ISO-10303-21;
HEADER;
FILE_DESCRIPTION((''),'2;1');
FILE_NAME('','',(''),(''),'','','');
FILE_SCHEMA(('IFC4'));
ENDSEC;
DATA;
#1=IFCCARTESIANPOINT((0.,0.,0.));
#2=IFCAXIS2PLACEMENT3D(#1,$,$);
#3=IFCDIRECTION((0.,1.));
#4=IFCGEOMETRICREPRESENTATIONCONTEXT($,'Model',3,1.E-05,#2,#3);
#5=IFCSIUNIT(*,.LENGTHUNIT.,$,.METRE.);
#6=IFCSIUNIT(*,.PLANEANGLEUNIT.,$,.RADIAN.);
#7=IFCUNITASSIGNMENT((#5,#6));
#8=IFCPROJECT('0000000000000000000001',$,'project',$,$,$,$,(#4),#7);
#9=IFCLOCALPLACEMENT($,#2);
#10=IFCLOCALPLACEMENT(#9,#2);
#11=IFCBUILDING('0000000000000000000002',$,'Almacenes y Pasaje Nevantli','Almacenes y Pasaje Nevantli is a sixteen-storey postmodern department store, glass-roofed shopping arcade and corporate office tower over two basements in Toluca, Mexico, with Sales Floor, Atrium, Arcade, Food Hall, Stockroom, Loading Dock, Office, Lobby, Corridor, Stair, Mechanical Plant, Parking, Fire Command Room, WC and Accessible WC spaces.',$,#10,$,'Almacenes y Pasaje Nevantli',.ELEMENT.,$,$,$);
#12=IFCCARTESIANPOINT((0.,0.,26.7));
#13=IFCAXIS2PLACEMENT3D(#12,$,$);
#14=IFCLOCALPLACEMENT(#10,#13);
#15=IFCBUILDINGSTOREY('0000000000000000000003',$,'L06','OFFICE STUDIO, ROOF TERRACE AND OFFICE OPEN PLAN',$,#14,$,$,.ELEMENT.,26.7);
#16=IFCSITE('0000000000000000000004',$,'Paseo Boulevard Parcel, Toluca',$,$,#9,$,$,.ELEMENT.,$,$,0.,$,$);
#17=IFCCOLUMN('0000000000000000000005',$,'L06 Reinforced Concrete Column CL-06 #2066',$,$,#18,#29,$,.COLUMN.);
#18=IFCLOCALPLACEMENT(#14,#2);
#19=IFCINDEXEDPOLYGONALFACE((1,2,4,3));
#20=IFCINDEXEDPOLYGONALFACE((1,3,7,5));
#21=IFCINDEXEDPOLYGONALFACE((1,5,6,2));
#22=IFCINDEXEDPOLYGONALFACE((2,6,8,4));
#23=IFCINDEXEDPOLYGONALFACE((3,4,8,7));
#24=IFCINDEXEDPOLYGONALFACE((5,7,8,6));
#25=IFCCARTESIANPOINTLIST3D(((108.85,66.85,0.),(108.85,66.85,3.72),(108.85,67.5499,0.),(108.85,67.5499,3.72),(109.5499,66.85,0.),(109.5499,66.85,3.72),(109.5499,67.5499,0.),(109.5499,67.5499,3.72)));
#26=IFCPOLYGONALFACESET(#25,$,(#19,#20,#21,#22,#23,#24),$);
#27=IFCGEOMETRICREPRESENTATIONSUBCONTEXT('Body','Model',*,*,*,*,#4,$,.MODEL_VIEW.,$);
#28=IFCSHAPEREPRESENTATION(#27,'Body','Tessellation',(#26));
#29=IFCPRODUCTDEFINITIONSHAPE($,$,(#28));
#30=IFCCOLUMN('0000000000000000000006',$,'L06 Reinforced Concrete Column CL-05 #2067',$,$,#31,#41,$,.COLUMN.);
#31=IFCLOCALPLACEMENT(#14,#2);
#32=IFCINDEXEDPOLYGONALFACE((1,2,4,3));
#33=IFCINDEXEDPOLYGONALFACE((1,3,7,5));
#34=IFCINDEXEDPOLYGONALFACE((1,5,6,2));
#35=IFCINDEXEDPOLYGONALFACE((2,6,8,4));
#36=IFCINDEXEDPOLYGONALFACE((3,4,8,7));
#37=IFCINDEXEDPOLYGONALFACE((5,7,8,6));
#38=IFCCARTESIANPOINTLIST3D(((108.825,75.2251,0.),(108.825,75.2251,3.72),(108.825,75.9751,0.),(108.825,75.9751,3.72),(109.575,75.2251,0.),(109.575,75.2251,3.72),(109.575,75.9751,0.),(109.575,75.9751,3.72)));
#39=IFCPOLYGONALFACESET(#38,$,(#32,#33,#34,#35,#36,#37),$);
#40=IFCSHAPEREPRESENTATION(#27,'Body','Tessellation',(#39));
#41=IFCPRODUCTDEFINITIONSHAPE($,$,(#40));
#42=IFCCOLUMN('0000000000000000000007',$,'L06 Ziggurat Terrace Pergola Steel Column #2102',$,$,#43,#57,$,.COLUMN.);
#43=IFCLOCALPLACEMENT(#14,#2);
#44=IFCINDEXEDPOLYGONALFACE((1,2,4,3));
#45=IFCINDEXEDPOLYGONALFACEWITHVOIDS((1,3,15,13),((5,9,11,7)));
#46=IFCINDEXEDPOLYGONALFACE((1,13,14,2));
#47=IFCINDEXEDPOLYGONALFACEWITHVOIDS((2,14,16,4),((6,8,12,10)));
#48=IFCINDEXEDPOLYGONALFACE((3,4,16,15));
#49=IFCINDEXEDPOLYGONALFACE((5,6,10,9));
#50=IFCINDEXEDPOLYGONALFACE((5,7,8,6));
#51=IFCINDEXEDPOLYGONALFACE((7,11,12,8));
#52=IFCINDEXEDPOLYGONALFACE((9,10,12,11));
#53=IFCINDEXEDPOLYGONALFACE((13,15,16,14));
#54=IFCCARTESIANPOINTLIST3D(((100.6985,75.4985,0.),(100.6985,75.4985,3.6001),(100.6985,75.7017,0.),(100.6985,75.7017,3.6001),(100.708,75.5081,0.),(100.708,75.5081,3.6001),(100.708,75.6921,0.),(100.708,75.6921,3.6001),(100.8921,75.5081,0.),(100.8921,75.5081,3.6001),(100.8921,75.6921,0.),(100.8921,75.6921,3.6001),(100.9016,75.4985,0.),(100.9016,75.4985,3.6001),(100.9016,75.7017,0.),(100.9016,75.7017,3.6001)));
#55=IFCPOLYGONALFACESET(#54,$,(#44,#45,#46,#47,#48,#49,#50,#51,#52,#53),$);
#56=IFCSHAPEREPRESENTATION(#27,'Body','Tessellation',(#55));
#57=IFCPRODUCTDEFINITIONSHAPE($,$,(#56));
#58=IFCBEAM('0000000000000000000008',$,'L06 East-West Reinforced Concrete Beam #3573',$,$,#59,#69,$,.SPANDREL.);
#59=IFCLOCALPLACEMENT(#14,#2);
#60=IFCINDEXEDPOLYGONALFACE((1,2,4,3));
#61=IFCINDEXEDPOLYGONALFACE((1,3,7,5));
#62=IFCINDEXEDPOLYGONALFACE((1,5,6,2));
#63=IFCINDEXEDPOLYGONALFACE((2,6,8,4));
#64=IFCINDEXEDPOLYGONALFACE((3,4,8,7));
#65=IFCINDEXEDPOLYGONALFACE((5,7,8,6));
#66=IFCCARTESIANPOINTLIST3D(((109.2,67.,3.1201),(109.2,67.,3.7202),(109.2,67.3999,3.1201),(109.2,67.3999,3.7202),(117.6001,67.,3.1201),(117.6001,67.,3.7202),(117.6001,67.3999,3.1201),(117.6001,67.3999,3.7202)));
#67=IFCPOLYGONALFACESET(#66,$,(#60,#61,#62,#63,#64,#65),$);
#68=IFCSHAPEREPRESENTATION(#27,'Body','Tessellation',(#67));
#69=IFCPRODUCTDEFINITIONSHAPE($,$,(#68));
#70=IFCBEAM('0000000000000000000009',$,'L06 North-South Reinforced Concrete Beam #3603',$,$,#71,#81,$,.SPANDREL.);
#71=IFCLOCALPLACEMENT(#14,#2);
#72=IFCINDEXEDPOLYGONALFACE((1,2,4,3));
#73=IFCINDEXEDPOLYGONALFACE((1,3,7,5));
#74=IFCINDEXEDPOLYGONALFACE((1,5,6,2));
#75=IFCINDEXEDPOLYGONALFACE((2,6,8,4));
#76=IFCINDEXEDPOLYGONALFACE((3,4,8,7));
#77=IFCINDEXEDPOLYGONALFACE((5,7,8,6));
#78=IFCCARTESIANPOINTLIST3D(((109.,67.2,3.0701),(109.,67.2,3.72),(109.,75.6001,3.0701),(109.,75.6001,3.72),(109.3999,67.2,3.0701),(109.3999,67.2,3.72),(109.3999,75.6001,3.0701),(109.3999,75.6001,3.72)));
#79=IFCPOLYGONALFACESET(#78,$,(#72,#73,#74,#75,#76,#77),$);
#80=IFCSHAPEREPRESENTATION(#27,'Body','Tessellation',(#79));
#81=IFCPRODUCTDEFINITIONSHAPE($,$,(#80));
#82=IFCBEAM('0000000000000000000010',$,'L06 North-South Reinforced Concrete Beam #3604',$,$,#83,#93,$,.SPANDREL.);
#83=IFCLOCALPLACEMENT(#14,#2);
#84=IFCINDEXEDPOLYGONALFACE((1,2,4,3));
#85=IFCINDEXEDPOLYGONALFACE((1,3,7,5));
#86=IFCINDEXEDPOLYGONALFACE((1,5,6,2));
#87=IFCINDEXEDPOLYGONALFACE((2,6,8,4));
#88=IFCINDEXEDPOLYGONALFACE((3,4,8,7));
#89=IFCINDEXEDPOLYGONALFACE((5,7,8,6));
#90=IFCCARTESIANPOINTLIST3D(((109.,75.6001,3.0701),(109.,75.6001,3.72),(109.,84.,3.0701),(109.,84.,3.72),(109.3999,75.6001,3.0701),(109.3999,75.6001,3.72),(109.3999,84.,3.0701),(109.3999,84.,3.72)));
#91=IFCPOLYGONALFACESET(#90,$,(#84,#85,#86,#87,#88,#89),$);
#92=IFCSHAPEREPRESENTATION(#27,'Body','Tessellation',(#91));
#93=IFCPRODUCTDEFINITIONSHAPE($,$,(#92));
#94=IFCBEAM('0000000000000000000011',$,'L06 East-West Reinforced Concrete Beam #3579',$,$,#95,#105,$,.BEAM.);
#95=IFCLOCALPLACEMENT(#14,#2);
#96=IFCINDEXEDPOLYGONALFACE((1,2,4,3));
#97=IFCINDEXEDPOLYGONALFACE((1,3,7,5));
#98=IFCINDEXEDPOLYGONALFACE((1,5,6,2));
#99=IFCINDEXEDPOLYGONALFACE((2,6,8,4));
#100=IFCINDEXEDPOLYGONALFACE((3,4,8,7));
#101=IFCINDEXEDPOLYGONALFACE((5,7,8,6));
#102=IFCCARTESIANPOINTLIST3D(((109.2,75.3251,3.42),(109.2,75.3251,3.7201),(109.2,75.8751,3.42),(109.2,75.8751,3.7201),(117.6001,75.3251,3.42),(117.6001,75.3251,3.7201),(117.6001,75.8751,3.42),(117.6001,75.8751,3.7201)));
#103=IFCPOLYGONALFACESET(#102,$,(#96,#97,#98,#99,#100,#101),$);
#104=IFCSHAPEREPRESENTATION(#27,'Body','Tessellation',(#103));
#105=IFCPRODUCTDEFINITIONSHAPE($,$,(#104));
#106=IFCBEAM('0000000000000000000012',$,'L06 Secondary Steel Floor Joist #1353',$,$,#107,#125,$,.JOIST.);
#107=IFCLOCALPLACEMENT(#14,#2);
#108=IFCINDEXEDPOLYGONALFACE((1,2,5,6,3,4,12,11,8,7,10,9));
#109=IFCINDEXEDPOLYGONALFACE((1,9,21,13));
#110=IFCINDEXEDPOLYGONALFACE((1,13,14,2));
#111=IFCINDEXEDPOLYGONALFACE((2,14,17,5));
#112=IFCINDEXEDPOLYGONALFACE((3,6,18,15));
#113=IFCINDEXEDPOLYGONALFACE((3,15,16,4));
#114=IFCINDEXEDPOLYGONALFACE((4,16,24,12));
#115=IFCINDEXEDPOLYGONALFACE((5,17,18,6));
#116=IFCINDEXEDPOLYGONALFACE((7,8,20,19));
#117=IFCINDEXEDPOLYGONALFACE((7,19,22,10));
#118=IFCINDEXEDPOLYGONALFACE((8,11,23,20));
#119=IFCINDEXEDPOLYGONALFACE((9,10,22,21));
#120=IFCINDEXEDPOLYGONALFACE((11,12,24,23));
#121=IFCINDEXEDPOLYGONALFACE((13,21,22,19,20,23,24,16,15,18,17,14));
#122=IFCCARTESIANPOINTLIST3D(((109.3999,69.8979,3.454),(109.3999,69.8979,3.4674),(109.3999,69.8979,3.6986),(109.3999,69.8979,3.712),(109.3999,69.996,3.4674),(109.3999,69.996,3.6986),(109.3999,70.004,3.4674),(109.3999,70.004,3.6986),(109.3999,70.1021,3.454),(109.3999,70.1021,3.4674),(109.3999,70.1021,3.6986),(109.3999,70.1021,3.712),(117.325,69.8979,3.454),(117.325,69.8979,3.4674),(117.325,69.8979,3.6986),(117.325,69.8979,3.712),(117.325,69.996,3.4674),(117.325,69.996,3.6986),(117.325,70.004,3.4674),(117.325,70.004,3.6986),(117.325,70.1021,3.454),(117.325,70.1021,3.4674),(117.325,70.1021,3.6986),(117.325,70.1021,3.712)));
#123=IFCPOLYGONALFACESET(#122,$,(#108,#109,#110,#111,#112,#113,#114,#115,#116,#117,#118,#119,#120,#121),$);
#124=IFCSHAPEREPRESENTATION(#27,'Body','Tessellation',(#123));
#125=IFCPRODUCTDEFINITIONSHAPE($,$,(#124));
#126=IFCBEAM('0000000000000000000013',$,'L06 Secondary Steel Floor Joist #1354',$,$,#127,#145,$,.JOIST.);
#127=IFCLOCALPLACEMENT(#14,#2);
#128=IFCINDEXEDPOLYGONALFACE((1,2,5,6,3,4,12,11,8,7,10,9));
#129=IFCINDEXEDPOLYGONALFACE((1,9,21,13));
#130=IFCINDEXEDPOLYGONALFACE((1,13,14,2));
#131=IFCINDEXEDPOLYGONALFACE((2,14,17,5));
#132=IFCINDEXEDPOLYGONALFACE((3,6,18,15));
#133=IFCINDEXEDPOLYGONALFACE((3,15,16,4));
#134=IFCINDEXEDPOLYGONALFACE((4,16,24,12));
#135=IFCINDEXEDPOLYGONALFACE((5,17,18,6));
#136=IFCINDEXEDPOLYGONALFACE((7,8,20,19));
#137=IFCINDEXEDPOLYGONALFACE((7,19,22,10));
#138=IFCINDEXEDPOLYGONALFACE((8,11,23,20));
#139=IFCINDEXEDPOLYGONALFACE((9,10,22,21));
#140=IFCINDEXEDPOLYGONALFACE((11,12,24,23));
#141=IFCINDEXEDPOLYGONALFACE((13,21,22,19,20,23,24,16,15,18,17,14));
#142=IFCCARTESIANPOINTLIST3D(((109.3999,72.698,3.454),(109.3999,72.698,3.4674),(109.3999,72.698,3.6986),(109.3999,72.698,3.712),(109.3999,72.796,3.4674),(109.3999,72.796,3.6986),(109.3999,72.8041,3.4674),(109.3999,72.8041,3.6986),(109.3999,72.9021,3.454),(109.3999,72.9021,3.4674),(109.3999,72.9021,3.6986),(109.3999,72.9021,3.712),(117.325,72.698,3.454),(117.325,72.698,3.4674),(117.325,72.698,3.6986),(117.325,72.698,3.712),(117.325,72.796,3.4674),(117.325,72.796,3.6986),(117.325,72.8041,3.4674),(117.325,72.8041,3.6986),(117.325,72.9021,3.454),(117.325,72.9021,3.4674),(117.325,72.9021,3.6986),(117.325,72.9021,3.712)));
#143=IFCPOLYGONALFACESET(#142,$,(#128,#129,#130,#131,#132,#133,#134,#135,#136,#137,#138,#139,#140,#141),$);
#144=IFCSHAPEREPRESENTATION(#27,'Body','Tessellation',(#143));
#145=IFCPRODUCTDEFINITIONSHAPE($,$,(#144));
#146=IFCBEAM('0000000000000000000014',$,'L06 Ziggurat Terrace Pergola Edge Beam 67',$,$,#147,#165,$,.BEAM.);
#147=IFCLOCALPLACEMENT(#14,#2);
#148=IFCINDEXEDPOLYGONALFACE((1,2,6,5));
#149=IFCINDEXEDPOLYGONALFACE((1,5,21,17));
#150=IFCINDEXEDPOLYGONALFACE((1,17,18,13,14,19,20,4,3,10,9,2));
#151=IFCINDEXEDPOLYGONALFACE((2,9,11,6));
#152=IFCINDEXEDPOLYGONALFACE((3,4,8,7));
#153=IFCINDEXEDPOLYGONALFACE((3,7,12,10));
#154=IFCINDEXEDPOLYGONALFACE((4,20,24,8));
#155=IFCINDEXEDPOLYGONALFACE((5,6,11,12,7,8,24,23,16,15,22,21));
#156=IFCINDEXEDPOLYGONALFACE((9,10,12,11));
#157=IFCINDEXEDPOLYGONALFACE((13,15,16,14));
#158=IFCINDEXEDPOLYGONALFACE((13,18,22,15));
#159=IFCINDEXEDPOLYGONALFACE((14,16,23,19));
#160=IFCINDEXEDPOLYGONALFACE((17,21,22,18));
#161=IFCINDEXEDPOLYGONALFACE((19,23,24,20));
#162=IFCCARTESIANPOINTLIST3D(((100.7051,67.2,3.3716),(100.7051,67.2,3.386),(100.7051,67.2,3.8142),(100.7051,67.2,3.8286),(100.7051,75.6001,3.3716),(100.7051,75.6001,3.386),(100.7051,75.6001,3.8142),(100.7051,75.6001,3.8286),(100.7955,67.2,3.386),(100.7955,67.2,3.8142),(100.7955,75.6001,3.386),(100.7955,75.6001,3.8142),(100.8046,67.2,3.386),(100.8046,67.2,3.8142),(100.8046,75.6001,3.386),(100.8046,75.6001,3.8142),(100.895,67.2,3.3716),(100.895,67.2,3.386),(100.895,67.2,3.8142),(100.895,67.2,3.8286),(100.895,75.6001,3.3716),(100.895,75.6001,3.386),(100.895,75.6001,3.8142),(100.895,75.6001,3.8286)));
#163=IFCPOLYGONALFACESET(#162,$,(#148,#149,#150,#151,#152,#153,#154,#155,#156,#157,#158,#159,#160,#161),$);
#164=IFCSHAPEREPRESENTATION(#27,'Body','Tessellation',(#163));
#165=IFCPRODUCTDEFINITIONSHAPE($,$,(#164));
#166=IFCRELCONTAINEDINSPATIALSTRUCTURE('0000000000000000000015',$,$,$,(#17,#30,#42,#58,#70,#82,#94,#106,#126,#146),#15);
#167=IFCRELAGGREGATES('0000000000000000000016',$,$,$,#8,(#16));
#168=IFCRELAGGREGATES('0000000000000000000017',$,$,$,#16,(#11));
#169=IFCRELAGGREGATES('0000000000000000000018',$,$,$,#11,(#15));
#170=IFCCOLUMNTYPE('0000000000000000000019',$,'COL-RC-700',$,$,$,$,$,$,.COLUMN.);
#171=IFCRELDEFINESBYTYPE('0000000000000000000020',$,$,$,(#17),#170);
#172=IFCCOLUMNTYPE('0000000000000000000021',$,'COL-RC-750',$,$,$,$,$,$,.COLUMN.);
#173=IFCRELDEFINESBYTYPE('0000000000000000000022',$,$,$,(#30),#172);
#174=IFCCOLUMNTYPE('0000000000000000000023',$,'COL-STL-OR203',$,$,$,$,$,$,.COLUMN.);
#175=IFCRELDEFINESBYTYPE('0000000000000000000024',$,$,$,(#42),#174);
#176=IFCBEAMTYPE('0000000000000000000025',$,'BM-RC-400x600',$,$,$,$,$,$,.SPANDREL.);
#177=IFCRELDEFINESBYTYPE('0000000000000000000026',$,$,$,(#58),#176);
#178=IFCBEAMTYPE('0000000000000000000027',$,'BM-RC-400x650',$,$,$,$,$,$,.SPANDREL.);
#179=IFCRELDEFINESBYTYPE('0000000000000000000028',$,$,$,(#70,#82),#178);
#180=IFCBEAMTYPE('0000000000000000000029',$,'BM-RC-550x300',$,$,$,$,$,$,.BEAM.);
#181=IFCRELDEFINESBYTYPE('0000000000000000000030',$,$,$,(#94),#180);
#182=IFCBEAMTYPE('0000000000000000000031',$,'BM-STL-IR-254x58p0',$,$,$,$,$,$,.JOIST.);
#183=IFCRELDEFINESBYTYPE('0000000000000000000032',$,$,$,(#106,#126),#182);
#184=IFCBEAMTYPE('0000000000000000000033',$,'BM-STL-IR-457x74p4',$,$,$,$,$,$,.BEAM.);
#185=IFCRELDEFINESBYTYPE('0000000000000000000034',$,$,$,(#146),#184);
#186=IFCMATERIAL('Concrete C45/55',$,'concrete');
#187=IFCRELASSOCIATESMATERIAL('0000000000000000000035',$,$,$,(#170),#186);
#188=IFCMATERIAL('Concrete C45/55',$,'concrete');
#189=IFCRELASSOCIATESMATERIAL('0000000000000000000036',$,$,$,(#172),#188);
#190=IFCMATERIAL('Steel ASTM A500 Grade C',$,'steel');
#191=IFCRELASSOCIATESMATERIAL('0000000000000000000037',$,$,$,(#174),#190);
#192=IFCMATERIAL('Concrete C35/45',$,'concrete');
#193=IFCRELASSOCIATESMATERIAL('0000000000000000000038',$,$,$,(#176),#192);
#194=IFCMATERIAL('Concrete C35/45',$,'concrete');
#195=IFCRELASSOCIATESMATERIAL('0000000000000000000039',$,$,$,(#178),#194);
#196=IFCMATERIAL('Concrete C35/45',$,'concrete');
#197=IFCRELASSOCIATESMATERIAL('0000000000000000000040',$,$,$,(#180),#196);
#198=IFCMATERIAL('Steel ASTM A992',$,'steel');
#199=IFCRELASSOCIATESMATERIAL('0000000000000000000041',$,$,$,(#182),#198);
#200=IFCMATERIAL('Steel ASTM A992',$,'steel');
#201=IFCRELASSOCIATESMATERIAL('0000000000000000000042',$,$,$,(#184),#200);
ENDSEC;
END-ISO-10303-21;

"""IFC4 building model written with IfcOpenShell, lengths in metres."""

from ifc_helpers import new_model, si_unit, direction, frame, origin, origin_2d, place, context, subcontext, project, spatial, rectangle, hollow_rectangle, i_section, extrude, material, material_profile, profile_set, type_object, element, save


model = new_model("IFC4")

# Units and contexts
model_context = context("Model", 3, precision=1e-05, world=origin(), true_north=direction((0.0, 1.0)))
body_context = subcontext(model_context, "Body", "Model", "MODEL_VIEW")
ifc_project = project(units=[si_unit("LENGTHUNIT", "METRE"), si_unit("PLANEANGLEUNIT", "RADIAN")], contexts=[model_context])

# Site, building, storey
site_placement = place(None, origin())
site = spatial("IfcSite", under=ifc_project, at=site_placement, Name="Paseo Boulevard Parcel, Toluca", CompositionType="ELEMENT", RefElevation=0.0)
building_placement = place(site_placement, origin())
building = spatial("IfcBuilding", under=site, at=building_placement, Name="Almacenes y Pasaje Nevantli", Description="Almacenes y Pasaje Nevantli is a sixteen-storey postmodern department store, glass-roofed shopping arcade and corporate office tower over two basements in Toluca, Mexico, with Sales Floor, Atrium, Arcade, Food Hall, Stockroom, Loading Dock, Office, Lobby, Corridor, Stair, Mechanical Plant, Parking, Fire Command Room, WC and Accessible WC spaces.", LongName="Almacenes y Pasaje Nevantli", CompositionType="ELEMENT")
storey_placement = place(building_placement, frame((0.0, 0.0, 26.7)))
storey = spatial("IfcBuildingStorey", under=building, at=storey_placement, Name="L06", Description="OFFICE STUDIO, ROOF TERRACE AND OFFICE OPEN PLAN", CompositionType="ELEMENT", Elevation=26.7)

# Columns
ifc_material_1 = material(Name="Concrete C45/55", Category="concrete")
ifc_material_profile_1 = material_profile(ifc_material_1, rectangle(XDim=0.7, YDim=0.7, at=origin_2d()), Name="RC-COL-700x700")
ifc_profile_set_1 = profile_set([ifc_material_profile_1], Name="Concrete C45/55")
column_type_1 = type_object("IfcColumnType", Name="COL-RC-700", PredefinedType="COLUMN", material=ifc_profile_set_1)
column_1_placement = place(storey_placement, frame((109.2, 67.2, 0.0), z_axis=(0.0, 0.0, 1.0), x_axis=(1.0, 0.0, 0.0)))
element("IfcColumn", 1, at=column_1_placement, inside=storey, type_object=column_type_1, Name="L06 Reinforced Concrete Column CL-06 #2066", PredefinedType="COLUMN", context=body_context, shape_type="SweptSolid", body=[
    extrude(rectangle(XDim=0.7, YDim=0.7, at=origin_2d()), origin(), (0.0, 0.0, 1.0), 3.72),
])
ifc_material_2 = material(Name="Concrete C45/55", Category="concrete")
ifc_material_profile_2 = material_profile(ifc_material_2, rectangle(XDim=0.75, YDim=0.75, at=origin_2d()), Name="RC-COL-750x750")
ifc_profile_set_2 = profile_set([ifc_material_profile_2], Name="Concrete C45/55")
column_type_2 = type_object("IfcColumnType", Name="COL-RC-750", PredefinedType="COLUMN", material=ifc_profile_set_2)
column_2_placement = place(storey_placement, frame((109.2, 75.6001, 0.0), z_axis=(0.0, 0.0, 1.0), x_axis=(1.0, 0.0, 0.0)))
element("IfcColumn", 2, at=column_2_placement, inside=storey, type_object=column_type_2, Name="L06 Reinforced Concrete Column CL-05 #2067", PredefinedType="COLUMN", context=body_context, shape_type="SweptSolid", body=[
    extrude(rectangle(XDim=0.75, YDim=0.75, at=origin_2d()), origin(), (0.0, 0.0, 1.0), 3.72),
])
ifc_material_3 = material(Name="Steel ASTM A500 Grade C", Category="steel")
ifc_material_profile_3 = material_profile(ifc_material_3, hollow_rectangle(XDim=0.2031, YDim=0.2031, WallThickness=0.0095, at=origin_2d()), Name="OR 203x203x9.5")
ifc_profile_set_3 = profile_set([ifc_material_profile_3], Name="Steel ASTM A500 Grade C")
column_type_3 = type_object("IfcColumnType", Name="COL-STL-OR203", PredefinedType="COLUMN", material=ifc_profile_set_3)
column_3_placement = place(storey_placement, frame((100.8, 75.6001, 0.0), z_axis=(0.0, 0.0, 1.0), x_axis=(1.0, 0.0, 0.0)))
element("IfcColumn", 3, at=column_3_placement, inside=storey, type_object=column_type_3, Name="L06 Ziggurat Terrace Pergola Steel Column #2102", PredefinedType="COLUMN", context=body_context, shape_type="SweptSolid", body=[
    extrude(hollow_rectangle(XDim=0.2031, YDim=0.2031, WallThickness=0.0095, at=origin_2d()), origin(), (0.0, 0.0, 1.0), 3.6001),
])

# Beams
ifc_material_4 = material(Name="Concrete C35/45", Category="concrete")
ifc_material_profile_4 = material_profile(ifc_material_4, rectangle(XDim=0.3999, YDim=0.6001, at=origin_2d()), Name="RC-BM-400x600")
ifc_profile_set_4 = profile_set([ifc_material_profile_4], Name="Concrete C35/45")
beam_type_1 = type_object("IfcBeamType", Name="BM-RC-400x600", PredefinedType="SPANDREL", material=ifc_profile_set_4)
beam_1_placement = place(storey_placement, frame((109.2, 67.2, 3.4202), z_axis=(1.0, 0.0, 0.0), x_axis=(0.0, 1.0, 0.0)))
element("IfcBeam", 4, at=beam_1_placement, inside=storey, type_object=beam_type_1, Name="L06 East-West Reinforced Concrete Beam #3573", PredefinedType="SPANDREL", context=body_context, shape_type="SweptSolid", body=[
    extrude(rectangle(XDim=0.3999, YDim=0.6001, at=origin_2d()), origin(), (0.0, 0.0, 1.0), 8.4001),
])
ifc_material_5 = material(Name="Concrete C35/45", Category="concrete")
ifc_material_profile_5 = material_profile(ifc_material_5, rectangle(XDim=0.3999, YDim=0.6499, at=origin_2d()), Name="RC-BM-400x650")
ifc_profile_set_5 = profile_set([ifc_material_profile_5], Name="Concrete C35/45")
beam_type_2 = type_object("IfcBeamType", Name="BM-RC-400x650", PredefinedType="SPANDREL", material=ifc_profile_set_5)
beam_2_placement = place(storey_placement, frame((109.2, 67.2, 3.395), z_axis=(0.0, 1.0, 0.0), x_axis=(-1.0, 0.0, 0.0)))
element("IfcBeam", 5, at=beam_2_placement, inside=storey, type_object=beam_type_2, Name="L06 North-South Reinforced Concrete Beam #3603", PredefinedType="SPANDREL", context=body_context, shape_type="SweptSolid", body=[
    extrude(rectangle(XDim=0.3999, YDim=0.6499, at=origin_2d()), origin(), (0.0, 0.0, 1.0), 8.4001),
])
beam_3_placement = place(storey_placement, frame((109.2, 75.6001, 3.395), z_axis=(0.0, 1.0, 0.0), x_axis=(-1.0, 0.0, 0.0)))
element("IfcBeam", 6, at=beam_3_placement, inside=storey, type_object=beam_type_2, Name="L06 North-South Reinforced Concrete Beam #3604", PredefinedType="SPANDREL", context=body_context, shape_type="SweptSolid", body=[
    extrude(rectangle(XDim=0.3999, YDim=0.6499, at=origin_2d()), origin(), (0.0, 0.0, 1.0), 8.3999),
])
ifc_material_6 = material(Name="Concrete C35/45", Category="concrete")
ifc_material_profile_6 = material_profile(ifc_material_6, rectangle(XDim=0.55, YDim=0.3, at=origin_2d()), Name="RC-BM-550x300")
ifc_profile_set_6 = profile_set([ifc_material_profile_6], Name="Concrete C35/45")
beam_type_3 = type_object("IfcBeamType", Name="BM-RC-550x300", PredefinedType="BEAM", material=ifc_profile_set_6)
beam_4_placement = place(storey_placement, frame((109.2, 75.6001, 3.5701), z_axis=(1.0, 0.0, 0.0), x_axis=(0.0, 1.0, 0.0)))
element("IfcBeam", 7, at=beam_4_placement, inside=storey, type_object=beam_type_3, Name="L06 East-West Reinforced Concrete Beam #3579", PredefinedType="BEAM", context=body_context, shape_type="SweptSolid", body=[
    extrude(rectangle(XDim=0.55, YDim=0.3, at=origin_2d()), origin(), (0.0, 0.0, 1.0), 8.4001),
])
ifc_material_7 = material(Name="Steel ASTM A992", Category="steel")
ifc_material_profile_7 = material_profile(ifc_material_7, i_section(OverallWidth=0.2041, OverallDepth=0.2581, WebThickness=0.0081, FlangeThickness=0.0134, at=origin_2d()), Name="IR 254x58.0")
ifc_profile_set_7 = profile_set([ifc_material_profile_7], Name="Steel ASTM A992")
beam_type_4 = type_object("IfcBeamType", Name="BM-STL-IR-254x58p0", PredefinedType="JOIST", material=ifc_profile_set_7)
for number, where, z_axis, x_axis, name in (
    (8, (109.3999, 70.0, 3.583), (1.0, 0.0, 0.0), (0.0, 1.0, 0.0), "L06 Secondary Steel Floor Joist #1353"),
    (9, (109.3999, 72.8, 3.583), (1.0, 0.0, 0.0), (0.0, 1.0, 0.0), "L06 Secondary Steel Floor Joist #1354"),
):
    element("IfcBeam", number, at=place(storey_placement, frame(where, z_axis=z_axis, x_axis=x_axis)), inside=storey, type_object=beam_type_4, Name=name, PredefinedType="JOIST", context=body_context, shape_type="SweptSolid", body=[
        extrude(i_section(OverallWidth=0.2041, OverallDepth=0.2581, WebThickness=0.0081, FlangeThickness=0.0134, at=origin_2d()), origin(), (0.0, 0.0, 1.0), 7.925),
    ])
ifc_material_8 = material(Name="Steel ASTM A992", Category="steel")
ifc_material_profile_8 = material_profile(ifc_material_8, i_section(OverallWidth=0.1899, OverallDepth=0.457, WebThickness=0.009, FlangeThickness=0.0144, at=origin_2d()), Name="IR 457x74.4")
ifc_profile_set_8 = profile_set([ifc_material_profile_8], Name="Steel ASTM A992")
beam_type_5 = type_object("IfcBeamType", Name="BM-STL-IR-457x74p4", PredefinedType="BEAM", material=ifc_profile_set_8)
beam_5_placement = place(storey_placement, frame((100.8, 67.2, 3.6001), z_axis=(0.0, 1.0, 0.0), x_axis=(-1.0, 0.0, 0.0)))
element("IfcBeam", 10, at=beam_5_placement, inside=storey, type_object=beam_type_5, Name="L06 Ziggurat Terrace Pergola Edge Beam 67", PredefinedType="BEAM", context=body_context, shape_type="SweptSolid", body=[
    extrude(i_section(OverallWidth=0.1899, OverallDepth=0.457, WebThickness=0.009, FlangeThickness=0.0144, at=origin_2d()), origin(), (0.0, 0.0, 1.0), 8.4001),
])

save(model, "model.ifc")
